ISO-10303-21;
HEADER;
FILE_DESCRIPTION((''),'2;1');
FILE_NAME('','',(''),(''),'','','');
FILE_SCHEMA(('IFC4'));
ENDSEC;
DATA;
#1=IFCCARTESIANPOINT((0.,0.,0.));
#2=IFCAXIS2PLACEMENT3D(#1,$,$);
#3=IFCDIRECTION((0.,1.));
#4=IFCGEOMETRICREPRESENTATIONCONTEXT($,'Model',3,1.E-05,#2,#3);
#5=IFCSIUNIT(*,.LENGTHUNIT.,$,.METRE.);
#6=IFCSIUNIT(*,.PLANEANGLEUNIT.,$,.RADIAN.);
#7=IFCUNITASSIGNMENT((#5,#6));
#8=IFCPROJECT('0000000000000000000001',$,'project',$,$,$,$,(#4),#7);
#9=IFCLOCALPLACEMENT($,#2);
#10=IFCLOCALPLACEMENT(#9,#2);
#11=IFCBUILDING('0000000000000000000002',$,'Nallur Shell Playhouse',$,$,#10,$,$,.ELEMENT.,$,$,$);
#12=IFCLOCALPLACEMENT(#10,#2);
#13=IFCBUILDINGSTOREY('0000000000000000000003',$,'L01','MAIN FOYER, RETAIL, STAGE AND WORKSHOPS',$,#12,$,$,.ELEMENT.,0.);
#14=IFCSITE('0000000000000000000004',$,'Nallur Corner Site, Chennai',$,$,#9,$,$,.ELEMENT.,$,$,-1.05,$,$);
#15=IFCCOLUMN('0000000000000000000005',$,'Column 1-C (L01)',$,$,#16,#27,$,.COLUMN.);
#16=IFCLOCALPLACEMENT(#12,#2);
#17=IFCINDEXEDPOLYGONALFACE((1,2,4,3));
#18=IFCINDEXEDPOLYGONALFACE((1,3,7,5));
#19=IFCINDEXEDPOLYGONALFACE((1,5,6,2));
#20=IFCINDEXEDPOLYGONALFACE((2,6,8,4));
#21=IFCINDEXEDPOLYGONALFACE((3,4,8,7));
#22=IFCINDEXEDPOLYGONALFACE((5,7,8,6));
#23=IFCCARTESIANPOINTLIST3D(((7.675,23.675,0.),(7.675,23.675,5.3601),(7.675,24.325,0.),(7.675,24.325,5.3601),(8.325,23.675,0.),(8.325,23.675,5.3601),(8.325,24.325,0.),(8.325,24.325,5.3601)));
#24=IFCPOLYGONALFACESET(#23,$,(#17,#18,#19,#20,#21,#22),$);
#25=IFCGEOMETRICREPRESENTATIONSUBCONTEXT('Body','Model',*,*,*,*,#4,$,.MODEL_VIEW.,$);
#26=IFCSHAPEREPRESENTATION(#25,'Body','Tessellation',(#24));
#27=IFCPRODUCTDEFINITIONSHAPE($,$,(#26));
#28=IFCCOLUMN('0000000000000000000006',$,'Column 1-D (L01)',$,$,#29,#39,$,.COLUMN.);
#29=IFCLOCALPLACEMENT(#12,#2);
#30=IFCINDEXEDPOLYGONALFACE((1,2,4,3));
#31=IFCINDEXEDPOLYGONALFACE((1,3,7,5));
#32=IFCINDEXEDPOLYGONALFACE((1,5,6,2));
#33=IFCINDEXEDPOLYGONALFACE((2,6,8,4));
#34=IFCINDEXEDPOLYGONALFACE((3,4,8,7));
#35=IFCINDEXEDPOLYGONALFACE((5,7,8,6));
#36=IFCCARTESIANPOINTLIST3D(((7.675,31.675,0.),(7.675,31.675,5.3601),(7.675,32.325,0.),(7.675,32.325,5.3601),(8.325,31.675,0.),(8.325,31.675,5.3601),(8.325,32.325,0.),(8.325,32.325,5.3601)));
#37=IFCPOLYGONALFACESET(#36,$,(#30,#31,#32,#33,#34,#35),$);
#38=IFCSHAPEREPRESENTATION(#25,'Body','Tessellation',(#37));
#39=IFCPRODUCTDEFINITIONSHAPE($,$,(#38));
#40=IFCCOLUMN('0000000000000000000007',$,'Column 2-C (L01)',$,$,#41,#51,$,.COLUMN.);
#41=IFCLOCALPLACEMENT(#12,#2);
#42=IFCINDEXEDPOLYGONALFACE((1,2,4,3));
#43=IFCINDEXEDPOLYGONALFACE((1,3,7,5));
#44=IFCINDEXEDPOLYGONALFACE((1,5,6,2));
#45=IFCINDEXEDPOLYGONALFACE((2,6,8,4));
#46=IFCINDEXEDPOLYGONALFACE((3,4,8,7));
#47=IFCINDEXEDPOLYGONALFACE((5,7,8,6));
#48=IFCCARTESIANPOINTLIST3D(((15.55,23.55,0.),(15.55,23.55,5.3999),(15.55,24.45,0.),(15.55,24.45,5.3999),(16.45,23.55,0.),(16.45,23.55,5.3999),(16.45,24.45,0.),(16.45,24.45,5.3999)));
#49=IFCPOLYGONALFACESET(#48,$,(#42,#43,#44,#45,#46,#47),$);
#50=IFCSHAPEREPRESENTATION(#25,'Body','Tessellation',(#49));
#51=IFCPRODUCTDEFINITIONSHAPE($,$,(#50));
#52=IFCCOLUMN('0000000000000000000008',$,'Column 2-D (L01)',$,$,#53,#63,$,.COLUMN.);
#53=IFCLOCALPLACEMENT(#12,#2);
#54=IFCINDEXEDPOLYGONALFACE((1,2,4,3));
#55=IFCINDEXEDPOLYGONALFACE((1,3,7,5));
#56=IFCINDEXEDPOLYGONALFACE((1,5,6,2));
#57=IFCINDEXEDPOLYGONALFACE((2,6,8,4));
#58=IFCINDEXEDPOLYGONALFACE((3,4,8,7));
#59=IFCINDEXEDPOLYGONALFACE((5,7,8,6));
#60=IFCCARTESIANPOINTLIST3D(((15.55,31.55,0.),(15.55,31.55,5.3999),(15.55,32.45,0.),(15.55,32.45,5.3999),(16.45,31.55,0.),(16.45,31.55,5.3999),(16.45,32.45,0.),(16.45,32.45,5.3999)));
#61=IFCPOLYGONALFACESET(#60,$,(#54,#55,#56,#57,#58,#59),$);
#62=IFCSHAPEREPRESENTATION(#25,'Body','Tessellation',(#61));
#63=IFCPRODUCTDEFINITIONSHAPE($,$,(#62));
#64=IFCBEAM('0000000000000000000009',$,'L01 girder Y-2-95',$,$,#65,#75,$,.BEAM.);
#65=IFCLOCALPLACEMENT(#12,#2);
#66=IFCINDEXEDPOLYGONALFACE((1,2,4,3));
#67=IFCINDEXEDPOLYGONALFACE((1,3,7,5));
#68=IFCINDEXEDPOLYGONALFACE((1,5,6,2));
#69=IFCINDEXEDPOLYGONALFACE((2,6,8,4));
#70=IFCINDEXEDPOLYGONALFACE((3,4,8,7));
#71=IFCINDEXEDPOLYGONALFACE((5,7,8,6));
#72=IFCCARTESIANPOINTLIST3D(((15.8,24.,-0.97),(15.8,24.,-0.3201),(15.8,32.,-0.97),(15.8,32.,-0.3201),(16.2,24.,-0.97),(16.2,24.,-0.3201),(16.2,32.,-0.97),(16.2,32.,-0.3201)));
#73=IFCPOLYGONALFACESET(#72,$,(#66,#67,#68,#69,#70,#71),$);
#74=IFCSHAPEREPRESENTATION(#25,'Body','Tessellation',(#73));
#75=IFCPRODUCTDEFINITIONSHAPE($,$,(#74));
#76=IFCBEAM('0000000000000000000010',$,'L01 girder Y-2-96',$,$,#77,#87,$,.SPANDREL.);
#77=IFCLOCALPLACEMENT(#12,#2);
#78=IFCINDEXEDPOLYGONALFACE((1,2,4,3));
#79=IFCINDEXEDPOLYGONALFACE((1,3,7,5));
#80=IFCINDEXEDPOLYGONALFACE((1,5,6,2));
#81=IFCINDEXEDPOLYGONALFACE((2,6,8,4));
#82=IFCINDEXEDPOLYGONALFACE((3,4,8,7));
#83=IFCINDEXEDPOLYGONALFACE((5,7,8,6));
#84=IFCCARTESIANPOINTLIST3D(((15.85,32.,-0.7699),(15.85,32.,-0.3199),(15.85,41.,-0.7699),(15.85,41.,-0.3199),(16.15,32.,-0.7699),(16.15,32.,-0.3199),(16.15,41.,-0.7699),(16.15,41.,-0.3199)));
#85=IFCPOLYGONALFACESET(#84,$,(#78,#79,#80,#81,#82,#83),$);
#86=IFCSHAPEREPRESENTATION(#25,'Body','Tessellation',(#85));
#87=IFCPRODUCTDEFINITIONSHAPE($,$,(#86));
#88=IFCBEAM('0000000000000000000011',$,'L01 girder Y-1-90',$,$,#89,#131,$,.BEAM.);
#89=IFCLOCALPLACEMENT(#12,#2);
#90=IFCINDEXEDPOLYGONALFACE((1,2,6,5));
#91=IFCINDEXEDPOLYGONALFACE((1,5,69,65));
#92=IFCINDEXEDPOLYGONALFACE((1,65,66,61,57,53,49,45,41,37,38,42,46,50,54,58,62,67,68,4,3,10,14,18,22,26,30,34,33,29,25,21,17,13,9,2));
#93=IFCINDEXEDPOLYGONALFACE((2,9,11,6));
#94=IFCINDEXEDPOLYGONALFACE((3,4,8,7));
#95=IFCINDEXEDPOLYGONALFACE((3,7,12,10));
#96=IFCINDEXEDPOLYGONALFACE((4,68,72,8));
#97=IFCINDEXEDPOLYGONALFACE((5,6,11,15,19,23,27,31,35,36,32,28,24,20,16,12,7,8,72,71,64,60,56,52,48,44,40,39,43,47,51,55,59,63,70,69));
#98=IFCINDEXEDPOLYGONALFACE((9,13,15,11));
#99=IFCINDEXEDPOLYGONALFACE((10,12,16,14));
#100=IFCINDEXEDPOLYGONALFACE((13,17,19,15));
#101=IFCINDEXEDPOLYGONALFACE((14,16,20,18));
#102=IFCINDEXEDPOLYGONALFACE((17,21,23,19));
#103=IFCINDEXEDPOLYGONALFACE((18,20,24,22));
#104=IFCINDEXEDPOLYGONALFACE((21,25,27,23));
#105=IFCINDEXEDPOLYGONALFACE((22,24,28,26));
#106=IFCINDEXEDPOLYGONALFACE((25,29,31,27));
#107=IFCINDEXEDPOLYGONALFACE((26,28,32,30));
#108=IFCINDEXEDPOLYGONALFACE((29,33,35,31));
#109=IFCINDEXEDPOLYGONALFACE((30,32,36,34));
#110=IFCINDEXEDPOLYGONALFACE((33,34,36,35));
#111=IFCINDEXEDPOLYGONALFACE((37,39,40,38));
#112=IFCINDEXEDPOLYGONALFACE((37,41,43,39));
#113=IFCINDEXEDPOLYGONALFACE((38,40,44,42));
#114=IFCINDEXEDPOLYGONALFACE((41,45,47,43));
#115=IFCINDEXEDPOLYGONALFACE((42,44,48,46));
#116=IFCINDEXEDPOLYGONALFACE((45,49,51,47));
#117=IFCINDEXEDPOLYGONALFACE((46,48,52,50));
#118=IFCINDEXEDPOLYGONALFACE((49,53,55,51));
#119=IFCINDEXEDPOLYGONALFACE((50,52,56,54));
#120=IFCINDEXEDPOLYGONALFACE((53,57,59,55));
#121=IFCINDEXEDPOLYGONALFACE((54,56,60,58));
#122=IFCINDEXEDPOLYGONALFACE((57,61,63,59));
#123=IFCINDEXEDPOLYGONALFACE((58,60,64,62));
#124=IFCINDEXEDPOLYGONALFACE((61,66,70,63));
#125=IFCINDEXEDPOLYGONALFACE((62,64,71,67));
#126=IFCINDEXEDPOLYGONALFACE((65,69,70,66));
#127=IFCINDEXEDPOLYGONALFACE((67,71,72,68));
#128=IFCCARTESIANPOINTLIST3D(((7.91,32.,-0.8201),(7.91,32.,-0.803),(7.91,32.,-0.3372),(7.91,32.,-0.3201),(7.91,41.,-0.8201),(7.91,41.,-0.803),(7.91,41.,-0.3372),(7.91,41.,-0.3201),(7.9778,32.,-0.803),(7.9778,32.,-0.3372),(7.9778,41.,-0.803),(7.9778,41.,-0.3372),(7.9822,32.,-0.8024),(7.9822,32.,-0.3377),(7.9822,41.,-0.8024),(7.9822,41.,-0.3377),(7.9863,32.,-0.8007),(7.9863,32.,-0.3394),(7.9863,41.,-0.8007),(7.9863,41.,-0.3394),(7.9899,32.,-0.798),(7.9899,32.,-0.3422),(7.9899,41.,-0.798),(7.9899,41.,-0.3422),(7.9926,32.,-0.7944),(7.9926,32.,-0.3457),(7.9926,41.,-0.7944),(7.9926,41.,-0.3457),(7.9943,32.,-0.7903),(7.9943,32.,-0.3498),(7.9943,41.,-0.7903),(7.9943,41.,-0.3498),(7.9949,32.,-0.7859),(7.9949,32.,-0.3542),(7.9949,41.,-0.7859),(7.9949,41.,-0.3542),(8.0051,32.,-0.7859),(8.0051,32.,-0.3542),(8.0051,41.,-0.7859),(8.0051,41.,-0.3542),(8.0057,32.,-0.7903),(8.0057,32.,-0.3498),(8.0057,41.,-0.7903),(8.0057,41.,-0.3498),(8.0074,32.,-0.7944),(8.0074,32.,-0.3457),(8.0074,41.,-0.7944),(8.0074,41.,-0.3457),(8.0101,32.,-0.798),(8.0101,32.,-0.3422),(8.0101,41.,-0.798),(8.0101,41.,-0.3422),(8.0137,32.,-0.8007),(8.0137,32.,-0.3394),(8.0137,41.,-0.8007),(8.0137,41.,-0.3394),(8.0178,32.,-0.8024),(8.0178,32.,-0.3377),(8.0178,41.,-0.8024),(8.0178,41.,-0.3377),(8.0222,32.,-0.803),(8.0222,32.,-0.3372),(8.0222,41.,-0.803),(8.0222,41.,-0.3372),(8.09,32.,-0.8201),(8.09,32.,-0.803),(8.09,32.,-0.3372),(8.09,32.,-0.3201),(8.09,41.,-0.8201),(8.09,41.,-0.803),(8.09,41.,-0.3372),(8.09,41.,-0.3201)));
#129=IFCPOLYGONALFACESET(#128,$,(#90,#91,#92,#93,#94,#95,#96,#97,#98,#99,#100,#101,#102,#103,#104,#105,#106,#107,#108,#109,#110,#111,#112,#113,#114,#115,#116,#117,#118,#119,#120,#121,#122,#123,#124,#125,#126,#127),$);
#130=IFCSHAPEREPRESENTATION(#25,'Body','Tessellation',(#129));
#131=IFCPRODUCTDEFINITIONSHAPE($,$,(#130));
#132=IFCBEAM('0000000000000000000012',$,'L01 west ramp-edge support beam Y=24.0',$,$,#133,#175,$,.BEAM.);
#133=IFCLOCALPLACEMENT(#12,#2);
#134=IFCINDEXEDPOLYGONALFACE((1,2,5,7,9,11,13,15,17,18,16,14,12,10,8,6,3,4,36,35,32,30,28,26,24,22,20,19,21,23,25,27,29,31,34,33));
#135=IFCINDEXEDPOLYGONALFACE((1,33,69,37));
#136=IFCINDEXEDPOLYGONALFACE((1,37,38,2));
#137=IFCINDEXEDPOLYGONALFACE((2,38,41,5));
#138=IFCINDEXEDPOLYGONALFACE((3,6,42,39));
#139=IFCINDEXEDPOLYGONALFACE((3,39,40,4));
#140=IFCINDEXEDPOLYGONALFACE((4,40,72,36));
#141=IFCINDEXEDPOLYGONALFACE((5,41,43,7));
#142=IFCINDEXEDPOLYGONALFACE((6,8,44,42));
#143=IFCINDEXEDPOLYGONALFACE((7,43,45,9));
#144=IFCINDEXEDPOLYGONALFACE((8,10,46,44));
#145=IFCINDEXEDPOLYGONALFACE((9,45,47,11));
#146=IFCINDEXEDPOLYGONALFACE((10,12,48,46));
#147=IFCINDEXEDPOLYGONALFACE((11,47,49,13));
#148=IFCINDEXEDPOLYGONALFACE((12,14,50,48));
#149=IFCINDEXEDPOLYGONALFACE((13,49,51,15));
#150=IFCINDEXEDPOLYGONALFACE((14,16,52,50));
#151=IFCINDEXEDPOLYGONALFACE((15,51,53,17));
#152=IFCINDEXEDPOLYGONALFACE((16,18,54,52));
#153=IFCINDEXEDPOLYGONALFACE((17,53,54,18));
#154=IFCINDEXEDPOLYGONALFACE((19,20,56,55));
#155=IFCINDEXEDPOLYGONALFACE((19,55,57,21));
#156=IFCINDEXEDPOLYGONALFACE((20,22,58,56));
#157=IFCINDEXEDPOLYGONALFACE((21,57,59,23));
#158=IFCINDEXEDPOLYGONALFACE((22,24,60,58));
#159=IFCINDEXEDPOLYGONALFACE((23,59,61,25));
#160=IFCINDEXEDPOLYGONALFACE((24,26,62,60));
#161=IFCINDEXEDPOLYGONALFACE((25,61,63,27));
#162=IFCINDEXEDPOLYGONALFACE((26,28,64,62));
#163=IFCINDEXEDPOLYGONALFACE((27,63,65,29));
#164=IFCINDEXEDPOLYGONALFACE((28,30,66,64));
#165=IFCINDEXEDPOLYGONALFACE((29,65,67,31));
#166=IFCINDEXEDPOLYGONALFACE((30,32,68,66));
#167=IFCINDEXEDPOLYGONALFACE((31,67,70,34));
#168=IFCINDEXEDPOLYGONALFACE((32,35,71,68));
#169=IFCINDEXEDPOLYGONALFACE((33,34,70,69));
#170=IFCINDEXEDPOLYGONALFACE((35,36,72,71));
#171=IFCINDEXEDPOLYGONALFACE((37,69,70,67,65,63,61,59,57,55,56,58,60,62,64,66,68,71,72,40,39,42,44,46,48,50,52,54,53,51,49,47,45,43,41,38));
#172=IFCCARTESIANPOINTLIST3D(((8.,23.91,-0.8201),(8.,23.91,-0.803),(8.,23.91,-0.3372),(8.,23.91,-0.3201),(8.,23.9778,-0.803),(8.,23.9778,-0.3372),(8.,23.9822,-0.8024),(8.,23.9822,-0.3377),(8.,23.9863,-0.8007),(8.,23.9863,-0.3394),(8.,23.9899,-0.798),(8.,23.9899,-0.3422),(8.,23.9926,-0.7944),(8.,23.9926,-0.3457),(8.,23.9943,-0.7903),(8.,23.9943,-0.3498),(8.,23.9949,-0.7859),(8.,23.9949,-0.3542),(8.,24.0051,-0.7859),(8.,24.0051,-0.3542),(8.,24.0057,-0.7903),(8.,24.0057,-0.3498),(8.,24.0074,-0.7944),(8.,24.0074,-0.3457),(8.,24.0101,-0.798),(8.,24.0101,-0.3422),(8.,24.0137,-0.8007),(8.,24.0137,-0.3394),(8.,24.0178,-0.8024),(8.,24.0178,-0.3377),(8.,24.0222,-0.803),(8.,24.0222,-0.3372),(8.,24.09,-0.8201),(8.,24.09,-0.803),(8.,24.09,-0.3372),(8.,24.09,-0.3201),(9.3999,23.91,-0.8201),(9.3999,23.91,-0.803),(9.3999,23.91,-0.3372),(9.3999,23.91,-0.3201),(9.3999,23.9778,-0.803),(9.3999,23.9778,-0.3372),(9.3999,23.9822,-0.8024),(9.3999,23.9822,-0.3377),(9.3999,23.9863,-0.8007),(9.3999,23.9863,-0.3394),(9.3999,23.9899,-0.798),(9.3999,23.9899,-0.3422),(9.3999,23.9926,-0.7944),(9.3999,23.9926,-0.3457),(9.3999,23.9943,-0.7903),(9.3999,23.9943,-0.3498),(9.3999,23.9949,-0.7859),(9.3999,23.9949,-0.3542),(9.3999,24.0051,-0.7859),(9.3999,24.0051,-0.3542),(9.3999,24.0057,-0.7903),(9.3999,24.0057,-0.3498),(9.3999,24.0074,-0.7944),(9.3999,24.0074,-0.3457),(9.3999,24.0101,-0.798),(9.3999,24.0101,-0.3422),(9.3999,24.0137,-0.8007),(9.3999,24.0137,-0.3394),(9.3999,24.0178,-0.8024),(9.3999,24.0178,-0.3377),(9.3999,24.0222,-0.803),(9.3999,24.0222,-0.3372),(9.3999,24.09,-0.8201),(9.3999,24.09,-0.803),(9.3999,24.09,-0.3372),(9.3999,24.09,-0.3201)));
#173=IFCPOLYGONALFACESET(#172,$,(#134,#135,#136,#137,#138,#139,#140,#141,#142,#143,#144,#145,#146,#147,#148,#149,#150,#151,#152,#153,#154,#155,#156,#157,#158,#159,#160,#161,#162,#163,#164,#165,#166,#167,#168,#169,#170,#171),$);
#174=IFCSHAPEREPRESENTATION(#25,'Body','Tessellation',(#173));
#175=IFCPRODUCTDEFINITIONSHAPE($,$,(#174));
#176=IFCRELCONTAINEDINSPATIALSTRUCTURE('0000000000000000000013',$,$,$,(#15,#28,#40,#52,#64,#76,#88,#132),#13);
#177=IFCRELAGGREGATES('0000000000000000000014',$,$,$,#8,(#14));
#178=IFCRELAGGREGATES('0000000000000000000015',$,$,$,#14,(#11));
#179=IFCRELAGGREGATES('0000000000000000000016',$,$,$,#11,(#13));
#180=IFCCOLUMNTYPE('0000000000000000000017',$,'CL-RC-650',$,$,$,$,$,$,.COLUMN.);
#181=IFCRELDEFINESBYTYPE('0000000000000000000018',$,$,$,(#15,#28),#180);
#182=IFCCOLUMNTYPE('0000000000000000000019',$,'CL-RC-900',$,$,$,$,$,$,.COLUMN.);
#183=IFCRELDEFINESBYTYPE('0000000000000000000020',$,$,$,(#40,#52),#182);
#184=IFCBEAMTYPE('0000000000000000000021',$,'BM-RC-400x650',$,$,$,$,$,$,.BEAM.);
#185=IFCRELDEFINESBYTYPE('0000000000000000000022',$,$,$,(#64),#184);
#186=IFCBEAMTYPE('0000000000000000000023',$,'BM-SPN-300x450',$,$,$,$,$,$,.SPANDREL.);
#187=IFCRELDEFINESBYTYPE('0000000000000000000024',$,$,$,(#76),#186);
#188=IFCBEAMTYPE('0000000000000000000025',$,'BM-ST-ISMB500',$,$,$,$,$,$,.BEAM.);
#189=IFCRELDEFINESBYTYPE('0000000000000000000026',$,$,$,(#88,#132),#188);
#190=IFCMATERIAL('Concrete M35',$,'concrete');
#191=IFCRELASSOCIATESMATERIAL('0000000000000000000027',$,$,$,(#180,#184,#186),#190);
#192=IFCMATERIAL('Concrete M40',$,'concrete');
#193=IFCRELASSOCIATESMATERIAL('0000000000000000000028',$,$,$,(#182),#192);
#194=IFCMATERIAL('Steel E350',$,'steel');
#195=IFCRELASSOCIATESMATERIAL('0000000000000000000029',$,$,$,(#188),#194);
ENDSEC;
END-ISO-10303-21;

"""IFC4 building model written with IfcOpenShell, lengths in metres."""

from ifc_helpers import new_model, si_unit, direction, frame, origin, origin_2d, place, context, subcontext, project, spatial, rectangle, i_section, extrude, material, material_profile, profile_set, type_object, element, save


model = new_model("IFC4")

# Units and contexts
model_context = context("Model", 3, precision=1e-05, world=origin(), true_north=direction((0.0, 1.0)))
body_context = subcontext(model_context, "Body", "Model", "MODEL_VIEW")
ifc_project = project(units=[si_unit("LENGTHUNIT", "METRE"), si_unit("PLANEANGLEUNIT", "RADIAN")], contexts=[model_context])

# Site, building, storey
site_placement = place(None, origin())
site = spatial("IfcSite", under=ifc_project, at=site_placement, Name="Nallur Corner Site, Chennai", CompositionType="ELEMENT", RefElevation=-1.05)
building_placement = place(site_placement, origin())
building = spatial("IfcBuilding", under=site, at=building_placement, Name="Nallur Shell Playhouse", CompositionType="ELEMENT")
storey_placement = place(building_placement, origin())
storey = spatial("IfcBuildingStorey", under=building, at=storey_placement, Name="L01", Description="MAIN FOYER, RETAIL, STAGE AND WORKSHOPS", CompositionType="ELEMENT", Elevation=0.0)

# Columns
ifc_material_1 = material(Name="Concrete M35", Category="concrete")
ifc_material_profile_1 = material_profile(ifc_material_1, rectangle(XDim=0.6499, YDim=0.6499, at=origin_2d()), Name="RC 650x650")
ifc_profile_set_1 = profile_set([ifc_material_profile_1], Name="Concrete M35")
column_type_1 = type_object("IfcColumnType", Name="CL-RC-650", PredefinedType="COLUMN", material=ifc_profile_set_1)
for number, where, z_axis, x_axis, name in (
    (1, (8.0, 24.0, 0.0), (0.0, 0.0, 1.0), (1.0, 0.0, 0.0), "Column 1-C (L01)"),
    (2, (8.0, 32.0, 0.0), (0.0, 0.0, 1.0), (1.0, 0.0, 0.0), "Column 1-D (L01)"),
):
    element("IfcColumn", number, at=place(storey_placement, frame(where, z_axis=z_axis, x_axis=x_axis)), inside=storey, type_object=column_type_1, Name=name, PredefinedType="COLUMN", context=body_context, shape_type="SweptSolid", body=[
        extrude(rectangle(XDim=0.6499, YDim=0.6499, at=origin_2d()), origin(), (0.0, 0.0, 1.0), 5.3601),
    ])
ifc_material_2 = material(Name="Concrete M40", Category="concrete")
ifc_material_profile_2 = material_profile(ifc_material_2, rectangle(XDim=0.8999, YDim=0.8999, at=origin_2d()), Name="RC 900x900")
ifc_profile_set_2 = profile_set([ifc_material_profile_2], Name="Concrete M40")
column_type_2 = type_object("IfcColumnType", Name="CL-RC-900", PredefinedType="COLUMN", material=ifc_profile_set_2)
for number, where, z_axis, x_axis, name in (
    (3, (16.0, 24.0, 0.0), (0.0, 0.0, 1.0), (1.0, 0.0, 0.0), "Column 2-C (L01)"),
    (4, (16.0, 32.0, 0.0), (0.0, 0.0, 1.0), (1.0, 0.0, 0.0), "Column 2-D (L01)"),
):
    element("IfcColumn", number, at=place(storey_placement, frame(where, z_axis=z_axis, x_axis=x_axis)), inside=storey, type_object=column_type_2, Name=name, PredefinedType="COLUMN", context=body_context, shape_type="SweptSolid", body=[
        extrude(rectangle(XDim=0.8999, YDim=0.8999, at=origin_2d()), origin(), (0.0, 0.0, 1.0), 5.3999),
    ])

# Beams
ifc_material_profile_3 = material_profile(ifc_material_1, rectangle(XDim=0.3999, YDim=0.6499, at=origin_2d()), Name="RC 400x650")
ifc_profile_set_3 = profile_set([ifc_material_profile_3], Name="Concrete M35")
beam_type_1 = type_object("IfcBeamType", Name="BM-RC-400x650", PredefinedType="BEAM", material=ifc_profile_set_3)
beam_1_placement = place(storey_placement, frame((16.0, 24.0, -0.645), z_axis=(0.0, 1.0, 0.0), x_axis=(-1.0, 0.0, 0.0)))
element("IfcBeam", 5, at=beam_1_placement, inside=storey, type_object=beam_type_1, Name="L01 girder Y-2-95", PredefinedType="BEAM", context=body_context, shape_type="SweptSolid", body=[
    extrude(rectangle(XDim=0.3999, YDim=0.6499, at=origin_2d()), origin(), (0.0, 0.0, 1.0), 8.0),
])
ifc_material_profile_4 = material_profile(ifc_material_1, rectangle(XDim=0.3, YDim=0.45, at=origin_2d()), Name="RC 300x450")
ifc_profile_set_4 = profile_set([ifc_material_profile_4], Name="Concrete M35")
beam_type_2 = type_object("IfcBeamType", Name="BM-SPN-300x450", PredefinedType="SPANDREL", material=ifc_profile_set_4)
beam_2_placement = place(storey_placement, frame((16.0, 32.0, -0.5449), z_axis=(0.0, 1.0, 0.0), x_axis=(-1.0, 0.0, 0.0)))
element("IfcBeam", 6, at=beam_2_placement, inside=storey, type_object=beam_type_2, Name="L01 girder Y-2-96", PredefinedType="SPANDREL", context=body_context, shape_type="SweptSolid", body=[
    extrude(rectangle(XDim=0.3, YDim=0.45, at=origin_2d()), origin(), (0.0, 0.0, 1.0), 9.0),
])
ifc_material_3 = material(Name="Steel E350", Category="steel")
ifc_material_profile_5 = material_profile(ifc_material_3, i_section(OverallWidth=0.1799, OverallDepth=0.5, WebThickness=0.0103, FlangeThickness=0.0171, FilletRadius=0.0171, at=origin_2d()), Name="ISMB 500")
ifc_profile_set_5 = profile_set([ifc_material_profile_5], Name="Steel E350")
beam_type_3 = type_object("IfcBeamType", Name="BM-ST-ISMB500", PredefinedType="BEAM", material=ifc_profile_set_5)
beam_3_placement = place(storey_placement, frame((8.0, 32.0, -0.5701), z_axis=(0.0, 1.0, 0.0), x_axis=(-1.0, 0.0, 0.0)))
element("IfcBeam", 7, at=beam_3_placement, inside=storey, type_object=beam_type_3, Name="L01 girder Y-1-90", PredefinedType="BEAM", context=body_context, shape_type="SweptSolid", body=[
    extrude(i_section(OverallWidth=0.1799, OverallDepth=0.5, WebThickness=0.0103, FlangeThickness=0.0171, FilletRadius=0.0171, at=origin_2d()), origin(), (0.0, 0.0, 1.0), 9.0),
])
for number, where, z_axis, x_axis, name in (
    (8, (8.0, 24.0, -0.5701), (1.0, 0.0, 0.0), (0.0, 1.0, 0.0), "L01 west ramp-edge support beam Y=24.0"),
):
    element("IfcBeam", number, at=place(storey_placement, frame(where, z_axis=z_axis, x_axis=x_axis)), inside=storey, type_object=beam_type_3, Name=name, PredefinedType="BEAM", context=body_context, shape_type="SweptSolid", body=[
        extrude(i_section(OverallWidth=0.1799, OverallDepth=0.5, WebThickness=0.0103, FlangeThickness=0.0171, FilletRadius=0.0171, at=origin_2d()), origin(), (0.0, 0.0, 1.0), 1.3999),
    ])

save(model, "model.ifc")
